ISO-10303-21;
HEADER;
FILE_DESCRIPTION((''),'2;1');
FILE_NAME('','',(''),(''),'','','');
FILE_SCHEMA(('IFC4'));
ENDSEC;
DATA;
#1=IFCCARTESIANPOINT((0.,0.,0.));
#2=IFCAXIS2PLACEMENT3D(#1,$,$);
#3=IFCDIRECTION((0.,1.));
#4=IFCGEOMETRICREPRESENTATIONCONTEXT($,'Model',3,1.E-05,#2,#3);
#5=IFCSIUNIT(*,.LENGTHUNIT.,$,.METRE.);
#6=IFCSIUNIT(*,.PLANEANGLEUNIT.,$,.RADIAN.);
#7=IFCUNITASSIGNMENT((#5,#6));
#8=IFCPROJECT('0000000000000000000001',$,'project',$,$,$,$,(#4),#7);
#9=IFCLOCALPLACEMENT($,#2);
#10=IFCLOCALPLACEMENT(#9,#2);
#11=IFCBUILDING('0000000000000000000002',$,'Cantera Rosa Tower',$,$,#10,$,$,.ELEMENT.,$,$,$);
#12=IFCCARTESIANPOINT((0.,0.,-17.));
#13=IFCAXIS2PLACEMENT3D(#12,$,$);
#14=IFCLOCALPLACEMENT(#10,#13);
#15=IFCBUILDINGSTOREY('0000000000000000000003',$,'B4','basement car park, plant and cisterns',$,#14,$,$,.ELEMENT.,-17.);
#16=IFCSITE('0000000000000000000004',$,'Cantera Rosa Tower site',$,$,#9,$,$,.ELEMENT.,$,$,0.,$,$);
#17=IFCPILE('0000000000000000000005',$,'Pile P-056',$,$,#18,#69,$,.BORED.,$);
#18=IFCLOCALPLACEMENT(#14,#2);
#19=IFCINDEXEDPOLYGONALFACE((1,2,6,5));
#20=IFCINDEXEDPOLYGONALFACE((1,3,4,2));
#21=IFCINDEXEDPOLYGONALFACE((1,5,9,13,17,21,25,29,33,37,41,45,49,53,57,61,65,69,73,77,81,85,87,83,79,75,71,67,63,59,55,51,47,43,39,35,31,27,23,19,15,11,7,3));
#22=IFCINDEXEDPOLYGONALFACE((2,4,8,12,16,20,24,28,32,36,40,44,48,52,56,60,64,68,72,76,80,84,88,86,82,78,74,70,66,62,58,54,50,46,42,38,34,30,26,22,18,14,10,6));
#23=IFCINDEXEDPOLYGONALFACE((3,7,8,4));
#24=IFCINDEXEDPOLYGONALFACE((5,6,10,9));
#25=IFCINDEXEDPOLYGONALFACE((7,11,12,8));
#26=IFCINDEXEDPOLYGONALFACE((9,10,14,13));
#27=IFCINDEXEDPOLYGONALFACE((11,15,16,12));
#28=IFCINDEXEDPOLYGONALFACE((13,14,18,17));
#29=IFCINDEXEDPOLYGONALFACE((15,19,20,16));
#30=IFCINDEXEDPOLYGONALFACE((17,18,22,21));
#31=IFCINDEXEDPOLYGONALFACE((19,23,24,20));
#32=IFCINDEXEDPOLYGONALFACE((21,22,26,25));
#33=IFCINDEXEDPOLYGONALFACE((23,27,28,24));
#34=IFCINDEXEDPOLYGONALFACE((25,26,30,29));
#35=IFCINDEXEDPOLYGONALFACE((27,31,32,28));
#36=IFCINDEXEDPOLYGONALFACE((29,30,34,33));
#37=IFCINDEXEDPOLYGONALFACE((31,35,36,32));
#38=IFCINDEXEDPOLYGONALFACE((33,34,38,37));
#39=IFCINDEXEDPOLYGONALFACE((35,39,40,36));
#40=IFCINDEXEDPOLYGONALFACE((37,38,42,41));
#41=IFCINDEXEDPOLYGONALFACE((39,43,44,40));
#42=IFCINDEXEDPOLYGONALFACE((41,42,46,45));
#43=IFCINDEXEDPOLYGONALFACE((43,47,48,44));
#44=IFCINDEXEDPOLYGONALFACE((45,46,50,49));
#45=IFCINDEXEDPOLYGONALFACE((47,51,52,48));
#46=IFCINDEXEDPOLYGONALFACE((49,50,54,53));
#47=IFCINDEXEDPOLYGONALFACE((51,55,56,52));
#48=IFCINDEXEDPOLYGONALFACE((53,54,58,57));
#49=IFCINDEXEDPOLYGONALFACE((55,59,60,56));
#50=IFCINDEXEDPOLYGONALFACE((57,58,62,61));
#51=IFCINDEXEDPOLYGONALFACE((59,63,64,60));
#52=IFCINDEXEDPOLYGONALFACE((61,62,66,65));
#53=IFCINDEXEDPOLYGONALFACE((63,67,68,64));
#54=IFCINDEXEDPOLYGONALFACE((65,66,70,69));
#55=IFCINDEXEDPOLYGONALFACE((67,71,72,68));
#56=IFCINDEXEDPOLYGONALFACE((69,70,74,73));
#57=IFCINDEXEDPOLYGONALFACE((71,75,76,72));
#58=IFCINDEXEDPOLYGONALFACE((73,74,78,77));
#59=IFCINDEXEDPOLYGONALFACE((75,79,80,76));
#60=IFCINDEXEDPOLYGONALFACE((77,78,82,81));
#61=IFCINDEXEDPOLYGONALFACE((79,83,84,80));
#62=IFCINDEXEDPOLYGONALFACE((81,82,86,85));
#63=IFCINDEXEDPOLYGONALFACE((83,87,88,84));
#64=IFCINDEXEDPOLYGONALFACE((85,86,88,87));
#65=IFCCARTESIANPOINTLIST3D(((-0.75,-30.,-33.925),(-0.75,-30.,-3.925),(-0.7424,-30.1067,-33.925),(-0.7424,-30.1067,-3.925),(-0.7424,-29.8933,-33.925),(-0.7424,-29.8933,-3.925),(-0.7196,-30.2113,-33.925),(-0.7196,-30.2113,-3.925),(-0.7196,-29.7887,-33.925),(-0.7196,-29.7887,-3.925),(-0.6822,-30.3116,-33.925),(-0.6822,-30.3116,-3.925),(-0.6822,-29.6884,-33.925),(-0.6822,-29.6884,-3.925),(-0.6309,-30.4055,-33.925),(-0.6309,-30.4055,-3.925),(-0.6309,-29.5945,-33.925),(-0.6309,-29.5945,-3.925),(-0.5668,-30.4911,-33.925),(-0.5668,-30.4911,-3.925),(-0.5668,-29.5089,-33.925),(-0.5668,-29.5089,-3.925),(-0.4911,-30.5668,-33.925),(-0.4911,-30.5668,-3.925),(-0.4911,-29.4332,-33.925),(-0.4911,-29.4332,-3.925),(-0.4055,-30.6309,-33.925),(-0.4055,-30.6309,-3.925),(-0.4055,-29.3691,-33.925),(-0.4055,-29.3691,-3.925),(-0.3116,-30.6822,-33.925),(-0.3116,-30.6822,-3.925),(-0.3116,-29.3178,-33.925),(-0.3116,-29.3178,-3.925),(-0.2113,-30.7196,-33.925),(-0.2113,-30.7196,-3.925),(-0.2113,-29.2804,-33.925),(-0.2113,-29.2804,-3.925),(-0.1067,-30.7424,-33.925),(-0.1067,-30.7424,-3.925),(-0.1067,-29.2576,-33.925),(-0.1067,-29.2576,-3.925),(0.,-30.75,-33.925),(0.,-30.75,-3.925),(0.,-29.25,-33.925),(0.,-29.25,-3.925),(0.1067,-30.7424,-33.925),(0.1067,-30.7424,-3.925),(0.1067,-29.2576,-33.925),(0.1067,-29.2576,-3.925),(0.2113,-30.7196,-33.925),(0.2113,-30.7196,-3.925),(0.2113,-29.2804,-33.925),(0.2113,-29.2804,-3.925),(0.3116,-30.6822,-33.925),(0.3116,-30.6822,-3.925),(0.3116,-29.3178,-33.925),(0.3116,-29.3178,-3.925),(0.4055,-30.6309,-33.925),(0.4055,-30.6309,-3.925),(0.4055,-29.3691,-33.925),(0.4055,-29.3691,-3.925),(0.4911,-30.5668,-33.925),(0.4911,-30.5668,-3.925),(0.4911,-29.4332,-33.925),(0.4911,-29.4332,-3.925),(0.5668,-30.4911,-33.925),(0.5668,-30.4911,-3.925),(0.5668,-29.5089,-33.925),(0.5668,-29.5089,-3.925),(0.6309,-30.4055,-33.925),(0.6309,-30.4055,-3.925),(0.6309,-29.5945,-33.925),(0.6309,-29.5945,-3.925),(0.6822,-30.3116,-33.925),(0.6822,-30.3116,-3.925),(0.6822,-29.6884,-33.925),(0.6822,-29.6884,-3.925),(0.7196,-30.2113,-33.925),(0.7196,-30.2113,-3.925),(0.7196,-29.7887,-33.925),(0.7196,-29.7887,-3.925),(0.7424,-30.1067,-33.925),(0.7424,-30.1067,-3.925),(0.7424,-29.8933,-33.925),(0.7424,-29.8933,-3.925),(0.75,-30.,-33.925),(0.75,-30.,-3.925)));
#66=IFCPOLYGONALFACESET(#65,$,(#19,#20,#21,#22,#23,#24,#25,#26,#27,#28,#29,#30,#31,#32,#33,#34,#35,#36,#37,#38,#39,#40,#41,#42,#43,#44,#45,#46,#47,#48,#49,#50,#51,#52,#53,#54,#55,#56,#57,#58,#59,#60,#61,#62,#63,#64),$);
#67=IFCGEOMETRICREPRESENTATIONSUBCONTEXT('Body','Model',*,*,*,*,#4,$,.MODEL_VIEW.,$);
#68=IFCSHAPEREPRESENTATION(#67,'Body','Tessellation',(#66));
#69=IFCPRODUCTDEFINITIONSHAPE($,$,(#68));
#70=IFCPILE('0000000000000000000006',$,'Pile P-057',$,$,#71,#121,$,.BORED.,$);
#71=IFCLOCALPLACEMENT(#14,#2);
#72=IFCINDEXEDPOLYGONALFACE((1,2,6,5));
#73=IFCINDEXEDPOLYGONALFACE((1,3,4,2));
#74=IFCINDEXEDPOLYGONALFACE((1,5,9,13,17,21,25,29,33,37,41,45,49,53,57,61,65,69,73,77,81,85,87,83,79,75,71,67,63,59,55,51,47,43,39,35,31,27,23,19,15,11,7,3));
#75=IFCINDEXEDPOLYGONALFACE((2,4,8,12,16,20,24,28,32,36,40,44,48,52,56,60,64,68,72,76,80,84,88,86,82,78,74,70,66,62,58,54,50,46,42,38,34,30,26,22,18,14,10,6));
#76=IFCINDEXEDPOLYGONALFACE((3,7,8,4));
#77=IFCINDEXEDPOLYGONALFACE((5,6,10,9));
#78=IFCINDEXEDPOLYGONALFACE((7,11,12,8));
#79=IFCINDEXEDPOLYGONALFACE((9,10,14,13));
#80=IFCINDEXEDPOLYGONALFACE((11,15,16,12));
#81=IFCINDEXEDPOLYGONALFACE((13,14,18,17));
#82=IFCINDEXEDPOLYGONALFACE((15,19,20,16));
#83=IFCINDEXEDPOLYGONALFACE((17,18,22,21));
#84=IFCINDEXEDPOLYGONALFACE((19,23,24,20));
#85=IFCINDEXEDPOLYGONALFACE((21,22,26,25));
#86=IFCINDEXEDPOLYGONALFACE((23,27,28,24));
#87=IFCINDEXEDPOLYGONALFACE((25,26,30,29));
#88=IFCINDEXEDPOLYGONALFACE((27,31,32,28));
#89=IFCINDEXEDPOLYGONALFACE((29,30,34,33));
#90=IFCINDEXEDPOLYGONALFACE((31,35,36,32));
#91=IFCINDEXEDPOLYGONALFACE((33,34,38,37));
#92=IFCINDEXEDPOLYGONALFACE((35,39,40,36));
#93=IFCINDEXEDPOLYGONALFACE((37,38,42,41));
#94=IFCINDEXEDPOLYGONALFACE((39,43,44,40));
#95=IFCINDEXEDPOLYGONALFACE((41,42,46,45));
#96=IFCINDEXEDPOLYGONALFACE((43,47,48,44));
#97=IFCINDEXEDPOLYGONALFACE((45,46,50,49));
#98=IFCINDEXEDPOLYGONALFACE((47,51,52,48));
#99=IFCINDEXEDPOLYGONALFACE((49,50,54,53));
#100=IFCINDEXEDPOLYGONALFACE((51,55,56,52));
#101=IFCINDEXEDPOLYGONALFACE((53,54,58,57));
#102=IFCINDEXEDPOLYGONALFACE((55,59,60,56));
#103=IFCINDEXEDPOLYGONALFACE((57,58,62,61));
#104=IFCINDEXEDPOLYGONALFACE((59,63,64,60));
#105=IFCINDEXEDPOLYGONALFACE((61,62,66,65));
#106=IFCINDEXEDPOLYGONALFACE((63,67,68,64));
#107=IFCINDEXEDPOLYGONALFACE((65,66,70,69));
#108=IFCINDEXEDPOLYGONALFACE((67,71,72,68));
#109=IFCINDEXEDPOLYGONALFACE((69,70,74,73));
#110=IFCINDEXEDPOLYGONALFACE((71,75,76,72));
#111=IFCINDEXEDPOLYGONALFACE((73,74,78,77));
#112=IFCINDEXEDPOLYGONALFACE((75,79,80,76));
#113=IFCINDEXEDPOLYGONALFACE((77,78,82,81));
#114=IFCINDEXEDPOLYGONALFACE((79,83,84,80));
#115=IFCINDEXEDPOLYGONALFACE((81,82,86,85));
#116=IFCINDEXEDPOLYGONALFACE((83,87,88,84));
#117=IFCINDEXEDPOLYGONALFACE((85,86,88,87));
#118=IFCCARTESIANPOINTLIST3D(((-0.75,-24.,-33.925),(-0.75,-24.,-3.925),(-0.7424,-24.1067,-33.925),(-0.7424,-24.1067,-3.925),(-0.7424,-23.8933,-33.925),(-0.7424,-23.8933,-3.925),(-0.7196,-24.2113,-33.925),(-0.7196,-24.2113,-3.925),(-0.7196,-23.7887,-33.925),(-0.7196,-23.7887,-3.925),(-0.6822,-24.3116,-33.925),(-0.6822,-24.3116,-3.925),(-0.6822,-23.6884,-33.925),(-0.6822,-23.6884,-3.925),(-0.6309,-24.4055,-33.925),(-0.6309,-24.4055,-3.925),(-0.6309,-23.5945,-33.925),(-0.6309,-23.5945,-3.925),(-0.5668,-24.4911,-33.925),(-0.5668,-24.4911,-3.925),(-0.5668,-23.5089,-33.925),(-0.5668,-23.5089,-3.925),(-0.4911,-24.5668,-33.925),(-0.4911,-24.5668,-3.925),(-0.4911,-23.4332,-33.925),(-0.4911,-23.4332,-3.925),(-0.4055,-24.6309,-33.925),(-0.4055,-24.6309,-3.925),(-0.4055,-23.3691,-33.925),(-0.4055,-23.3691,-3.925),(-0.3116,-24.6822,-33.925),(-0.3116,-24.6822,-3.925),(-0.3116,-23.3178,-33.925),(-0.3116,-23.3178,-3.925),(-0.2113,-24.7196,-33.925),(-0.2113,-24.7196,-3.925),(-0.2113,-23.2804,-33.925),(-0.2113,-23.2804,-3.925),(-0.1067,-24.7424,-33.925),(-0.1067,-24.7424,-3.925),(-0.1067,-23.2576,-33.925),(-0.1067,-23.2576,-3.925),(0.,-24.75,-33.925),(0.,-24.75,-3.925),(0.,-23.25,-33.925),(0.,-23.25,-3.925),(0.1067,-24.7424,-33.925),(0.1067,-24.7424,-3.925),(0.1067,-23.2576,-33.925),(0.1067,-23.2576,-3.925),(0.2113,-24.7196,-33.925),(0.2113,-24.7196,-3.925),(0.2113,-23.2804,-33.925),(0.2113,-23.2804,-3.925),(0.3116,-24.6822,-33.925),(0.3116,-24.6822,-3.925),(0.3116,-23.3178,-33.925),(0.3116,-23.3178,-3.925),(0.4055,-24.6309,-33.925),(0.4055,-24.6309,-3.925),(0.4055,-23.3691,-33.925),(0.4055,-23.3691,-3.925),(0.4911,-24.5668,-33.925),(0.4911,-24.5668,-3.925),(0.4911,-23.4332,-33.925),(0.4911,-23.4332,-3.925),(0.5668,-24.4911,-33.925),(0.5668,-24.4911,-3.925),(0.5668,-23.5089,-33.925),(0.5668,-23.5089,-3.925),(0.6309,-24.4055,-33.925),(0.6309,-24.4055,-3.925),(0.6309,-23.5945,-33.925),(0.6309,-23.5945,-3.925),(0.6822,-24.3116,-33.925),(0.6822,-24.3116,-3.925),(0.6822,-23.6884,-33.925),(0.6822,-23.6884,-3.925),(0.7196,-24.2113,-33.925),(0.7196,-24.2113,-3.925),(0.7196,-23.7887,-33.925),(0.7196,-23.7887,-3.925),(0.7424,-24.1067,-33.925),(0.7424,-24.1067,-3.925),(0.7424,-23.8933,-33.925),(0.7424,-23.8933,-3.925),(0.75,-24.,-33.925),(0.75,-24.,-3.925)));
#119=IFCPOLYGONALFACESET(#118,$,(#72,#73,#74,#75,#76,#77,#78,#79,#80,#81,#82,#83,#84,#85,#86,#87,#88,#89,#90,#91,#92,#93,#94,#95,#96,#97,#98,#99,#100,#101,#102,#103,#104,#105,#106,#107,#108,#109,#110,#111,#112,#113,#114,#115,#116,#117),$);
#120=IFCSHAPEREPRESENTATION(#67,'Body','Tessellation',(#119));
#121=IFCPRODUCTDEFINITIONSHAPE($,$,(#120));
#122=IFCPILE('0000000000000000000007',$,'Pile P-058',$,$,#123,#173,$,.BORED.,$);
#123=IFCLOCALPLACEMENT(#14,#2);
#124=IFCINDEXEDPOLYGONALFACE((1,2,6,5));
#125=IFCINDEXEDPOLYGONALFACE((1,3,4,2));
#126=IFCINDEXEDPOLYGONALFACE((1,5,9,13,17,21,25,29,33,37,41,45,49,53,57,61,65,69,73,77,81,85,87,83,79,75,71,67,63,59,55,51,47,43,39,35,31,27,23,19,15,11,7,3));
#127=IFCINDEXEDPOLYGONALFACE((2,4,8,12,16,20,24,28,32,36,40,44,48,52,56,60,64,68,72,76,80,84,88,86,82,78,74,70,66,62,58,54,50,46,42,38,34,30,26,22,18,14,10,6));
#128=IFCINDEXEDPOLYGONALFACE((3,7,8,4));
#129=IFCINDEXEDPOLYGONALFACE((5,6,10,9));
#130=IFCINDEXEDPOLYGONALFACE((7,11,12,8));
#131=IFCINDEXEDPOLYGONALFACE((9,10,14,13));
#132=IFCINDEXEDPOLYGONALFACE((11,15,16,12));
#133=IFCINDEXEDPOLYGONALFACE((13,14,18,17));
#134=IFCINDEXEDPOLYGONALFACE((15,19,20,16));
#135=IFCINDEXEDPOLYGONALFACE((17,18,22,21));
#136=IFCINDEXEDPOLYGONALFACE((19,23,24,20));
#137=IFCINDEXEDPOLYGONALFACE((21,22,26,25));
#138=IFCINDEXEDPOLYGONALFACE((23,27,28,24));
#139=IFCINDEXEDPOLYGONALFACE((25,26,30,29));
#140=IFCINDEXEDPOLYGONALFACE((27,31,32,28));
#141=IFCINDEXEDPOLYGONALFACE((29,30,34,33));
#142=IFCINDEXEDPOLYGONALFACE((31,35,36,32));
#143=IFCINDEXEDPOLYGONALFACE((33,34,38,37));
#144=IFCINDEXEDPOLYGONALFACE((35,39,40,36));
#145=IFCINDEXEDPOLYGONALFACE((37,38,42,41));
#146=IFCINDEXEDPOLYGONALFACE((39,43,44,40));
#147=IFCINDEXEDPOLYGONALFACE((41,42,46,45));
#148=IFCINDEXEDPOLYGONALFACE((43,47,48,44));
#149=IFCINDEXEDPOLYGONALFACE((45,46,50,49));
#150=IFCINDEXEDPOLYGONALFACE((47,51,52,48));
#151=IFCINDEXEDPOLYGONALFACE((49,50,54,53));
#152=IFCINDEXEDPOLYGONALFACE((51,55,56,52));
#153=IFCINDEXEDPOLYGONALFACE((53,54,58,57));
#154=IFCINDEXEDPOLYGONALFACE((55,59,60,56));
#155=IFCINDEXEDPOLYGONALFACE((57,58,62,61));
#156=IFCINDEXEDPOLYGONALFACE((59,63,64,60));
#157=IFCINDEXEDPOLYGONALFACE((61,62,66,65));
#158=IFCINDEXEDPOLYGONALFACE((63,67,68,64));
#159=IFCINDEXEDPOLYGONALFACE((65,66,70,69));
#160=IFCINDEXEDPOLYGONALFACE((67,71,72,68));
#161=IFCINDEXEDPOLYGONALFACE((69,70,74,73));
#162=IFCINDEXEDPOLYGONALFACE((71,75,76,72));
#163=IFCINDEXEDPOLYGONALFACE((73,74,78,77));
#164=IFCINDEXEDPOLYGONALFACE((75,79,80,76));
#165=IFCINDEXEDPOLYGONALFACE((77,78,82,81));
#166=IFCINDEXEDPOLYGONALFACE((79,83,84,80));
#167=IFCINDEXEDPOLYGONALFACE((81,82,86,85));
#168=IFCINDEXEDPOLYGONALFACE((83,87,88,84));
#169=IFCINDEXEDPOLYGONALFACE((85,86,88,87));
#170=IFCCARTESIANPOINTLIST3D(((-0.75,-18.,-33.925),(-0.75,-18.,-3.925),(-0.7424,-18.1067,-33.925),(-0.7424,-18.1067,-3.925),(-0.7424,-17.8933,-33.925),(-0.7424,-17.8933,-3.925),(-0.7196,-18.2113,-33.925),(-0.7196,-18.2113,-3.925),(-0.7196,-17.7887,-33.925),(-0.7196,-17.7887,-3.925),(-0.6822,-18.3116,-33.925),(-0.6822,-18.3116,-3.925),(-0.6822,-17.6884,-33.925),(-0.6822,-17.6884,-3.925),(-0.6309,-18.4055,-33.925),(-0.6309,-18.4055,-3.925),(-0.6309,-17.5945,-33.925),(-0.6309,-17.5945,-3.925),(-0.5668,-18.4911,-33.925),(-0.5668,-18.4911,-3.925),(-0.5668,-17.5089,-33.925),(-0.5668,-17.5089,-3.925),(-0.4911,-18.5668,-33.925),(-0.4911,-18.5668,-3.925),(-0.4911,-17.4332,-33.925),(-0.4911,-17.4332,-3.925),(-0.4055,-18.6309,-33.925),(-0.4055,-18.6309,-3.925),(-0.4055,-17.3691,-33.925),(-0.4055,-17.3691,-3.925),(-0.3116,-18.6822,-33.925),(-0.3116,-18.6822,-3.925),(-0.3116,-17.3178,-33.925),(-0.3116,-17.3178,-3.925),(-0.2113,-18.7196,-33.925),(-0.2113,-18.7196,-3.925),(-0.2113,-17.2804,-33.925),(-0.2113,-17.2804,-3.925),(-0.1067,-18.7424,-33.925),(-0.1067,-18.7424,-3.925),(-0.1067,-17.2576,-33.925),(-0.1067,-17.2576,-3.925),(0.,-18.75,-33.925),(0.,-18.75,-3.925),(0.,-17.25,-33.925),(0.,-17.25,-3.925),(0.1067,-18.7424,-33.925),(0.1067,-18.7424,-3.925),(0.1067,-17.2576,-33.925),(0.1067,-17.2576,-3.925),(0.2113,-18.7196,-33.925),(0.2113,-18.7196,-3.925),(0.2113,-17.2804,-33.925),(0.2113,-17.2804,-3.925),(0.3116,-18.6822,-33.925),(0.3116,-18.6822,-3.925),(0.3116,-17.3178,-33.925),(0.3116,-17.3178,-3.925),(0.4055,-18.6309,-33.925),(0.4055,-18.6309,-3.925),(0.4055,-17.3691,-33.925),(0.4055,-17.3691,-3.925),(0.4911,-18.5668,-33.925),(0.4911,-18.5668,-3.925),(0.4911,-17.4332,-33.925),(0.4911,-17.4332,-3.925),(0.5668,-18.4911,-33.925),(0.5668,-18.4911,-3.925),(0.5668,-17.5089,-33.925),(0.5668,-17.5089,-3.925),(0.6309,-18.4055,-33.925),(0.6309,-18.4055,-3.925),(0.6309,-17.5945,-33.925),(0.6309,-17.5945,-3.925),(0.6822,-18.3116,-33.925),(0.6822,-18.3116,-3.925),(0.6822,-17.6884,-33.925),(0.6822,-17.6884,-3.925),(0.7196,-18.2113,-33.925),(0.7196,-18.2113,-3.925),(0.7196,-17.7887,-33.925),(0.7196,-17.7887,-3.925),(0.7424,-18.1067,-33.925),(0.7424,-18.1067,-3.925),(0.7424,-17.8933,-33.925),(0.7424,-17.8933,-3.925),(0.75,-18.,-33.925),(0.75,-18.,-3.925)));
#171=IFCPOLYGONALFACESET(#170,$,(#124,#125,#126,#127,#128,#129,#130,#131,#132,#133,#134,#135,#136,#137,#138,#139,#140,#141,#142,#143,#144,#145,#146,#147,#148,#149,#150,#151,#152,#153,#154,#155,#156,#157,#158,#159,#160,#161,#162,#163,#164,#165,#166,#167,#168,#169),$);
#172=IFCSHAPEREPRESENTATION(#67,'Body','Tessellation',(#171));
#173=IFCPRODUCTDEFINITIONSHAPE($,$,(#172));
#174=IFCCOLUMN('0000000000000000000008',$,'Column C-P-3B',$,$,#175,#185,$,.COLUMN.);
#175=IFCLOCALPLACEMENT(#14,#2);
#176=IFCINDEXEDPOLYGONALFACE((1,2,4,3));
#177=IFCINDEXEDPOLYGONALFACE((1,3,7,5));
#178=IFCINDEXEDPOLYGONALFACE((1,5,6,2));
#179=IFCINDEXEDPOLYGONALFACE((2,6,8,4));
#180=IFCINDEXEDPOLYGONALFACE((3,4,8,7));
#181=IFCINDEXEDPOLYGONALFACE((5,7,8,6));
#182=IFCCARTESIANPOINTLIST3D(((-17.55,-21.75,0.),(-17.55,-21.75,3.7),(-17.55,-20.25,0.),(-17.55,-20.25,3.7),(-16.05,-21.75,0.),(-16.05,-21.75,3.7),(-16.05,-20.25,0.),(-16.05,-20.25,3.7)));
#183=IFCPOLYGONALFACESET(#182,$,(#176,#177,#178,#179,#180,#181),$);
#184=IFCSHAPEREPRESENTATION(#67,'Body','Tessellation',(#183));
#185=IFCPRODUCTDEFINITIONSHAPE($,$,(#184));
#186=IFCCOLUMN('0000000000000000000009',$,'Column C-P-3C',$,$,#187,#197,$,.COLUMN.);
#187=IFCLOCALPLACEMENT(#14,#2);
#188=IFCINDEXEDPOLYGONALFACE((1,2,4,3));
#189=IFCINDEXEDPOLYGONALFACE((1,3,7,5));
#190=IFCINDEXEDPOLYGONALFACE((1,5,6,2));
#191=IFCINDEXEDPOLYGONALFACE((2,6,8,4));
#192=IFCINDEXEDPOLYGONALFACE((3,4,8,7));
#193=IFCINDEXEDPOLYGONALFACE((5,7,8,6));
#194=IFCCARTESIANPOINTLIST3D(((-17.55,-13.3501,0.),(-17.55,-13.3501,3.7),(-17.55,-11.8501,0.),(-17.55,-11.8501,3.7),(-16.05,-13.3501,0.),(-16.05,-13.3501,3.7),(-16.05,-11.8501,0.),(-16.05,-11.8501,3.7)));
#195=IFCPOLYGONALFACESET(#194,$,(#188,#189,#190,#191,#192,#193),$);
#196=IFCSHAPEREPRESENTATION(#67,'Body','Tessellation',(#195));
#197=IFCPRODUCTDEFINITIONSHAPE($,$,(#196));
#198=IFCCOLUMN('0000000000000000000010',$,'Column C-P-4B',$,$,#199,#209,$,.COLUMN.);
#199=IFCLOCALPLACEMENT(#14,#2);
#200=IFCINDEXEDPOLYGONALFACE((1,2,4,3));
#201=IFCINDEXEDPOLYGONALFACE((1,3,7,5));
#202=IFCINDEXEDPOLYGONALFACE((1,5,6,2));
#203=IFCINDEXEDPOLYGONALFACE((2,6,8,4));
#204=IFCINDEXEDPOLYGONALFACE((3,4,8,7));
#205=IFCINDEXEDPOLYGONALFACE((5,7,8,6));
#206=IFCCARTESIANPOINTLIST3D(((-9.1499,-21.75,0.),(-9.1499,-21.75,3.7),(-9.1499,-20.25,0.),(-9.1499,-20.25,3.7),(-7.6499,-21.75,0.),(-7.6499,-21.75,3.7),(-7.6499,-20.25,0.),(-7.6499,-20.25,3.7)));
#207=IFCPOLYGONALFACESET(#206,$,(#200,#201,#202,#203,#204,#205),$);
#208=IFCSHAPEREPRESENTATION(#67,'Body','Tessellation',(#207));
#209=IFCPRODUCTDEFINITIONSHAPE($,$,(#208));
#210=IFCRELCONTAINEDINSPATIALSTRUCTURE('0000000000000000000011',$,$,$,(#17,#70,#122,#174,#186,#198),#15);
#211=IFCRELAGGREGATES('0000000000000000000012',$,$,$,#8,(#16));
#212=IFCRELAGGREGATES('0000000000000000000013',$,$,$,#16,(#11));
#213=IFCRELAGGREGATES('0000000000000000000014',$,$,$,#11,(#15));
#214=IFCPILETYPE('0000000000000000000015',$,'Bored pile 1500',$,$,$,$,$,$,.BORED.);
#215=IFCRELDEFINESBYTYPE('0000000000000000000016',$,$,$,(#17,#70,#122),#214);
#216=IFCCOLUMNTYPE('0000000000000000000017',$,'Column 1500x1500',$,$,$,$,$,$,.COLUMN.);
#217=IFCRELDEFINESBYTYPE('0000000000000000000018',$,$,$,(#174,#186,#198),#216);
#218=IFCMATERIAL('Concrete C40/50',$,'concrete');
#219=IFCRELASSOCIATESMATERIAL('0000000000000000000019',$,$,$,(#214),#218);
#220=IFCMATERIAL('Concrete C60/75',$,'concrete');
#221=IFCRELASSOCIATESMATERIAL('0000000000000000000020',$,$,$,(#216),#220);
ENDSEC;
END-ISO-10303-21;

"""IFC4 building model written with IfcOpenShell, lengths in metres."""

from ifc_helpers import new_model, si_unit, direction, frame, origin, origin_2d, place, context, subcontext, project, spatial, rectangle, circle, extrude, material, material_profile, profile_set, type_object, element, save


model = new_model("IFC4")

# Units and contexts
model_context = context("Model", 3, precision=1e-05, world=origin(), true_north=direction((0.0, 1.0)))
body_context = subcontext(model_context, "Body", "Model", "MODEL_VIEW")
ifc_project = project(units=[si_unit("LENGTHUNIT", "METRE"), si_unit("PLANEANGLEUNIT", "RADIAN")], contexts=[model_context])

# Site, building, storey
site_placement = place(None, origin())
site = spatial("IfcSite", under=ifc_project, at=site_placement, Name="Cantera Rosa Tower site", CompositionType="ELEMENT", RefElevation=0.0)
building_placement = place(site_placement, origin())
building = spatial("IfcBuilding", under=site, at=building_placement, Name="Cantera Rosa Tower", CompositionType="ELEMENT")
storey_placement = place(building_placement, frame((0.0, 0.0, -17.0)))
storey = spatial("IfcBuildingStorey", under=building, at=storey_placement, Name="B4", Description="basement car park, plant and cisterns", CompositionType="ELEMENT", Elevation=-17.0)

# Piles
ifc_material_1 = material(Name="Concrete C40/50", Category="concrete")
ifc_material_profile_1 = material_profile(ifc_material_1, circle(Radius=0.75, at=origin_2d()), Name="Bored pile 1500")
ifc_profile_set_1 = profile_set([ifc_material_profile_1], Name="Concrete C40/50")
pile_type = type_object("IfcPileType", Name="Bored pile 1500", PredefinedType="BORED", material=ifc_profile_set_1)
for number, where, z_axis, x_axis, name in (
    (1, (0.0, -30.0, -3.925), (0.0, 0.0, -1.0), (1.0, 0.0, 0.0), "Pile P-056"),
    (2, (0.0, -24.0, -3.925), (0.0, 0.0, -1.0), (1.0, 0.0, 0.0), "Pile P-057"),
    (3, (0.0, -18.0, -3.925), (0.0, 0.0, -1.0), (1.0, 0.0, 0.0), "Pile P-058"),
):
    element("IfcPile", number, at=place(storey_placement, frame(where, z_axis=z_axis, x_axis=x_axis)), inside=storey, type_object=pile_type, Name=name, PredefinedType="BORED", context=body_context, shape_type="SweptSolid", body=[
        extrude(circle(Radius=0.75, at=origin_2d()), origin(), (0.0, 0.0, 1.0), 30.0),
    ])

# Columns
ifc_material_2 = material(Name="Concrete C60/75", Category="concrete")
ifc_material_profile_2 = material_profile(ifc_material_2, rectangle(XDim=1.5, YDim=1.5, at=origin_2d()), Name="Column 1500x1500")
ifc_profile_set_2 = profile_set([ifc_material_profile_2], Name="Concrete C60/75")
column_type_1 = type_object("IfcColumnType", Name="Column 1500x1500", PredefinedType="COLUMN", material=ifc_profile_set_2)
for number, where, z_axis, x_axis, name in (
    (4, (-16.8, -21.0, 0.0), (0.0, 0.0, 1.0), (1.0, 0.0, 0.0), "Column C-P-3B"),
    (5, (-16.8, -12.6001, 0.0), (0.0, 0.0, 1.0), (1.0, 0.0, 0.0), "Column C-P-3C"),
    (6, (-8.3999, -21.0, 0.0), (0.0, 0.0, 1.0), (1.0, 0.0, 0.0), "Column C-P-4B"),
):
    element("IfcColumn", number, at=place(storey_placement, frame(where, z_axis=z_axis, x_axis=x_axis)), inside=storey, type_object=column_type_1, Name=name, PredefinedType="COLUMN", context=body_context, shape_type="SweptSolid", body=[
        extrude(rectangle(XDim=1.5, YDim=1.5, at=origin_2d()), origin(), (0.0, 0.0, 1.0), 3.7),
    ])

save(model, "model.ifc")
